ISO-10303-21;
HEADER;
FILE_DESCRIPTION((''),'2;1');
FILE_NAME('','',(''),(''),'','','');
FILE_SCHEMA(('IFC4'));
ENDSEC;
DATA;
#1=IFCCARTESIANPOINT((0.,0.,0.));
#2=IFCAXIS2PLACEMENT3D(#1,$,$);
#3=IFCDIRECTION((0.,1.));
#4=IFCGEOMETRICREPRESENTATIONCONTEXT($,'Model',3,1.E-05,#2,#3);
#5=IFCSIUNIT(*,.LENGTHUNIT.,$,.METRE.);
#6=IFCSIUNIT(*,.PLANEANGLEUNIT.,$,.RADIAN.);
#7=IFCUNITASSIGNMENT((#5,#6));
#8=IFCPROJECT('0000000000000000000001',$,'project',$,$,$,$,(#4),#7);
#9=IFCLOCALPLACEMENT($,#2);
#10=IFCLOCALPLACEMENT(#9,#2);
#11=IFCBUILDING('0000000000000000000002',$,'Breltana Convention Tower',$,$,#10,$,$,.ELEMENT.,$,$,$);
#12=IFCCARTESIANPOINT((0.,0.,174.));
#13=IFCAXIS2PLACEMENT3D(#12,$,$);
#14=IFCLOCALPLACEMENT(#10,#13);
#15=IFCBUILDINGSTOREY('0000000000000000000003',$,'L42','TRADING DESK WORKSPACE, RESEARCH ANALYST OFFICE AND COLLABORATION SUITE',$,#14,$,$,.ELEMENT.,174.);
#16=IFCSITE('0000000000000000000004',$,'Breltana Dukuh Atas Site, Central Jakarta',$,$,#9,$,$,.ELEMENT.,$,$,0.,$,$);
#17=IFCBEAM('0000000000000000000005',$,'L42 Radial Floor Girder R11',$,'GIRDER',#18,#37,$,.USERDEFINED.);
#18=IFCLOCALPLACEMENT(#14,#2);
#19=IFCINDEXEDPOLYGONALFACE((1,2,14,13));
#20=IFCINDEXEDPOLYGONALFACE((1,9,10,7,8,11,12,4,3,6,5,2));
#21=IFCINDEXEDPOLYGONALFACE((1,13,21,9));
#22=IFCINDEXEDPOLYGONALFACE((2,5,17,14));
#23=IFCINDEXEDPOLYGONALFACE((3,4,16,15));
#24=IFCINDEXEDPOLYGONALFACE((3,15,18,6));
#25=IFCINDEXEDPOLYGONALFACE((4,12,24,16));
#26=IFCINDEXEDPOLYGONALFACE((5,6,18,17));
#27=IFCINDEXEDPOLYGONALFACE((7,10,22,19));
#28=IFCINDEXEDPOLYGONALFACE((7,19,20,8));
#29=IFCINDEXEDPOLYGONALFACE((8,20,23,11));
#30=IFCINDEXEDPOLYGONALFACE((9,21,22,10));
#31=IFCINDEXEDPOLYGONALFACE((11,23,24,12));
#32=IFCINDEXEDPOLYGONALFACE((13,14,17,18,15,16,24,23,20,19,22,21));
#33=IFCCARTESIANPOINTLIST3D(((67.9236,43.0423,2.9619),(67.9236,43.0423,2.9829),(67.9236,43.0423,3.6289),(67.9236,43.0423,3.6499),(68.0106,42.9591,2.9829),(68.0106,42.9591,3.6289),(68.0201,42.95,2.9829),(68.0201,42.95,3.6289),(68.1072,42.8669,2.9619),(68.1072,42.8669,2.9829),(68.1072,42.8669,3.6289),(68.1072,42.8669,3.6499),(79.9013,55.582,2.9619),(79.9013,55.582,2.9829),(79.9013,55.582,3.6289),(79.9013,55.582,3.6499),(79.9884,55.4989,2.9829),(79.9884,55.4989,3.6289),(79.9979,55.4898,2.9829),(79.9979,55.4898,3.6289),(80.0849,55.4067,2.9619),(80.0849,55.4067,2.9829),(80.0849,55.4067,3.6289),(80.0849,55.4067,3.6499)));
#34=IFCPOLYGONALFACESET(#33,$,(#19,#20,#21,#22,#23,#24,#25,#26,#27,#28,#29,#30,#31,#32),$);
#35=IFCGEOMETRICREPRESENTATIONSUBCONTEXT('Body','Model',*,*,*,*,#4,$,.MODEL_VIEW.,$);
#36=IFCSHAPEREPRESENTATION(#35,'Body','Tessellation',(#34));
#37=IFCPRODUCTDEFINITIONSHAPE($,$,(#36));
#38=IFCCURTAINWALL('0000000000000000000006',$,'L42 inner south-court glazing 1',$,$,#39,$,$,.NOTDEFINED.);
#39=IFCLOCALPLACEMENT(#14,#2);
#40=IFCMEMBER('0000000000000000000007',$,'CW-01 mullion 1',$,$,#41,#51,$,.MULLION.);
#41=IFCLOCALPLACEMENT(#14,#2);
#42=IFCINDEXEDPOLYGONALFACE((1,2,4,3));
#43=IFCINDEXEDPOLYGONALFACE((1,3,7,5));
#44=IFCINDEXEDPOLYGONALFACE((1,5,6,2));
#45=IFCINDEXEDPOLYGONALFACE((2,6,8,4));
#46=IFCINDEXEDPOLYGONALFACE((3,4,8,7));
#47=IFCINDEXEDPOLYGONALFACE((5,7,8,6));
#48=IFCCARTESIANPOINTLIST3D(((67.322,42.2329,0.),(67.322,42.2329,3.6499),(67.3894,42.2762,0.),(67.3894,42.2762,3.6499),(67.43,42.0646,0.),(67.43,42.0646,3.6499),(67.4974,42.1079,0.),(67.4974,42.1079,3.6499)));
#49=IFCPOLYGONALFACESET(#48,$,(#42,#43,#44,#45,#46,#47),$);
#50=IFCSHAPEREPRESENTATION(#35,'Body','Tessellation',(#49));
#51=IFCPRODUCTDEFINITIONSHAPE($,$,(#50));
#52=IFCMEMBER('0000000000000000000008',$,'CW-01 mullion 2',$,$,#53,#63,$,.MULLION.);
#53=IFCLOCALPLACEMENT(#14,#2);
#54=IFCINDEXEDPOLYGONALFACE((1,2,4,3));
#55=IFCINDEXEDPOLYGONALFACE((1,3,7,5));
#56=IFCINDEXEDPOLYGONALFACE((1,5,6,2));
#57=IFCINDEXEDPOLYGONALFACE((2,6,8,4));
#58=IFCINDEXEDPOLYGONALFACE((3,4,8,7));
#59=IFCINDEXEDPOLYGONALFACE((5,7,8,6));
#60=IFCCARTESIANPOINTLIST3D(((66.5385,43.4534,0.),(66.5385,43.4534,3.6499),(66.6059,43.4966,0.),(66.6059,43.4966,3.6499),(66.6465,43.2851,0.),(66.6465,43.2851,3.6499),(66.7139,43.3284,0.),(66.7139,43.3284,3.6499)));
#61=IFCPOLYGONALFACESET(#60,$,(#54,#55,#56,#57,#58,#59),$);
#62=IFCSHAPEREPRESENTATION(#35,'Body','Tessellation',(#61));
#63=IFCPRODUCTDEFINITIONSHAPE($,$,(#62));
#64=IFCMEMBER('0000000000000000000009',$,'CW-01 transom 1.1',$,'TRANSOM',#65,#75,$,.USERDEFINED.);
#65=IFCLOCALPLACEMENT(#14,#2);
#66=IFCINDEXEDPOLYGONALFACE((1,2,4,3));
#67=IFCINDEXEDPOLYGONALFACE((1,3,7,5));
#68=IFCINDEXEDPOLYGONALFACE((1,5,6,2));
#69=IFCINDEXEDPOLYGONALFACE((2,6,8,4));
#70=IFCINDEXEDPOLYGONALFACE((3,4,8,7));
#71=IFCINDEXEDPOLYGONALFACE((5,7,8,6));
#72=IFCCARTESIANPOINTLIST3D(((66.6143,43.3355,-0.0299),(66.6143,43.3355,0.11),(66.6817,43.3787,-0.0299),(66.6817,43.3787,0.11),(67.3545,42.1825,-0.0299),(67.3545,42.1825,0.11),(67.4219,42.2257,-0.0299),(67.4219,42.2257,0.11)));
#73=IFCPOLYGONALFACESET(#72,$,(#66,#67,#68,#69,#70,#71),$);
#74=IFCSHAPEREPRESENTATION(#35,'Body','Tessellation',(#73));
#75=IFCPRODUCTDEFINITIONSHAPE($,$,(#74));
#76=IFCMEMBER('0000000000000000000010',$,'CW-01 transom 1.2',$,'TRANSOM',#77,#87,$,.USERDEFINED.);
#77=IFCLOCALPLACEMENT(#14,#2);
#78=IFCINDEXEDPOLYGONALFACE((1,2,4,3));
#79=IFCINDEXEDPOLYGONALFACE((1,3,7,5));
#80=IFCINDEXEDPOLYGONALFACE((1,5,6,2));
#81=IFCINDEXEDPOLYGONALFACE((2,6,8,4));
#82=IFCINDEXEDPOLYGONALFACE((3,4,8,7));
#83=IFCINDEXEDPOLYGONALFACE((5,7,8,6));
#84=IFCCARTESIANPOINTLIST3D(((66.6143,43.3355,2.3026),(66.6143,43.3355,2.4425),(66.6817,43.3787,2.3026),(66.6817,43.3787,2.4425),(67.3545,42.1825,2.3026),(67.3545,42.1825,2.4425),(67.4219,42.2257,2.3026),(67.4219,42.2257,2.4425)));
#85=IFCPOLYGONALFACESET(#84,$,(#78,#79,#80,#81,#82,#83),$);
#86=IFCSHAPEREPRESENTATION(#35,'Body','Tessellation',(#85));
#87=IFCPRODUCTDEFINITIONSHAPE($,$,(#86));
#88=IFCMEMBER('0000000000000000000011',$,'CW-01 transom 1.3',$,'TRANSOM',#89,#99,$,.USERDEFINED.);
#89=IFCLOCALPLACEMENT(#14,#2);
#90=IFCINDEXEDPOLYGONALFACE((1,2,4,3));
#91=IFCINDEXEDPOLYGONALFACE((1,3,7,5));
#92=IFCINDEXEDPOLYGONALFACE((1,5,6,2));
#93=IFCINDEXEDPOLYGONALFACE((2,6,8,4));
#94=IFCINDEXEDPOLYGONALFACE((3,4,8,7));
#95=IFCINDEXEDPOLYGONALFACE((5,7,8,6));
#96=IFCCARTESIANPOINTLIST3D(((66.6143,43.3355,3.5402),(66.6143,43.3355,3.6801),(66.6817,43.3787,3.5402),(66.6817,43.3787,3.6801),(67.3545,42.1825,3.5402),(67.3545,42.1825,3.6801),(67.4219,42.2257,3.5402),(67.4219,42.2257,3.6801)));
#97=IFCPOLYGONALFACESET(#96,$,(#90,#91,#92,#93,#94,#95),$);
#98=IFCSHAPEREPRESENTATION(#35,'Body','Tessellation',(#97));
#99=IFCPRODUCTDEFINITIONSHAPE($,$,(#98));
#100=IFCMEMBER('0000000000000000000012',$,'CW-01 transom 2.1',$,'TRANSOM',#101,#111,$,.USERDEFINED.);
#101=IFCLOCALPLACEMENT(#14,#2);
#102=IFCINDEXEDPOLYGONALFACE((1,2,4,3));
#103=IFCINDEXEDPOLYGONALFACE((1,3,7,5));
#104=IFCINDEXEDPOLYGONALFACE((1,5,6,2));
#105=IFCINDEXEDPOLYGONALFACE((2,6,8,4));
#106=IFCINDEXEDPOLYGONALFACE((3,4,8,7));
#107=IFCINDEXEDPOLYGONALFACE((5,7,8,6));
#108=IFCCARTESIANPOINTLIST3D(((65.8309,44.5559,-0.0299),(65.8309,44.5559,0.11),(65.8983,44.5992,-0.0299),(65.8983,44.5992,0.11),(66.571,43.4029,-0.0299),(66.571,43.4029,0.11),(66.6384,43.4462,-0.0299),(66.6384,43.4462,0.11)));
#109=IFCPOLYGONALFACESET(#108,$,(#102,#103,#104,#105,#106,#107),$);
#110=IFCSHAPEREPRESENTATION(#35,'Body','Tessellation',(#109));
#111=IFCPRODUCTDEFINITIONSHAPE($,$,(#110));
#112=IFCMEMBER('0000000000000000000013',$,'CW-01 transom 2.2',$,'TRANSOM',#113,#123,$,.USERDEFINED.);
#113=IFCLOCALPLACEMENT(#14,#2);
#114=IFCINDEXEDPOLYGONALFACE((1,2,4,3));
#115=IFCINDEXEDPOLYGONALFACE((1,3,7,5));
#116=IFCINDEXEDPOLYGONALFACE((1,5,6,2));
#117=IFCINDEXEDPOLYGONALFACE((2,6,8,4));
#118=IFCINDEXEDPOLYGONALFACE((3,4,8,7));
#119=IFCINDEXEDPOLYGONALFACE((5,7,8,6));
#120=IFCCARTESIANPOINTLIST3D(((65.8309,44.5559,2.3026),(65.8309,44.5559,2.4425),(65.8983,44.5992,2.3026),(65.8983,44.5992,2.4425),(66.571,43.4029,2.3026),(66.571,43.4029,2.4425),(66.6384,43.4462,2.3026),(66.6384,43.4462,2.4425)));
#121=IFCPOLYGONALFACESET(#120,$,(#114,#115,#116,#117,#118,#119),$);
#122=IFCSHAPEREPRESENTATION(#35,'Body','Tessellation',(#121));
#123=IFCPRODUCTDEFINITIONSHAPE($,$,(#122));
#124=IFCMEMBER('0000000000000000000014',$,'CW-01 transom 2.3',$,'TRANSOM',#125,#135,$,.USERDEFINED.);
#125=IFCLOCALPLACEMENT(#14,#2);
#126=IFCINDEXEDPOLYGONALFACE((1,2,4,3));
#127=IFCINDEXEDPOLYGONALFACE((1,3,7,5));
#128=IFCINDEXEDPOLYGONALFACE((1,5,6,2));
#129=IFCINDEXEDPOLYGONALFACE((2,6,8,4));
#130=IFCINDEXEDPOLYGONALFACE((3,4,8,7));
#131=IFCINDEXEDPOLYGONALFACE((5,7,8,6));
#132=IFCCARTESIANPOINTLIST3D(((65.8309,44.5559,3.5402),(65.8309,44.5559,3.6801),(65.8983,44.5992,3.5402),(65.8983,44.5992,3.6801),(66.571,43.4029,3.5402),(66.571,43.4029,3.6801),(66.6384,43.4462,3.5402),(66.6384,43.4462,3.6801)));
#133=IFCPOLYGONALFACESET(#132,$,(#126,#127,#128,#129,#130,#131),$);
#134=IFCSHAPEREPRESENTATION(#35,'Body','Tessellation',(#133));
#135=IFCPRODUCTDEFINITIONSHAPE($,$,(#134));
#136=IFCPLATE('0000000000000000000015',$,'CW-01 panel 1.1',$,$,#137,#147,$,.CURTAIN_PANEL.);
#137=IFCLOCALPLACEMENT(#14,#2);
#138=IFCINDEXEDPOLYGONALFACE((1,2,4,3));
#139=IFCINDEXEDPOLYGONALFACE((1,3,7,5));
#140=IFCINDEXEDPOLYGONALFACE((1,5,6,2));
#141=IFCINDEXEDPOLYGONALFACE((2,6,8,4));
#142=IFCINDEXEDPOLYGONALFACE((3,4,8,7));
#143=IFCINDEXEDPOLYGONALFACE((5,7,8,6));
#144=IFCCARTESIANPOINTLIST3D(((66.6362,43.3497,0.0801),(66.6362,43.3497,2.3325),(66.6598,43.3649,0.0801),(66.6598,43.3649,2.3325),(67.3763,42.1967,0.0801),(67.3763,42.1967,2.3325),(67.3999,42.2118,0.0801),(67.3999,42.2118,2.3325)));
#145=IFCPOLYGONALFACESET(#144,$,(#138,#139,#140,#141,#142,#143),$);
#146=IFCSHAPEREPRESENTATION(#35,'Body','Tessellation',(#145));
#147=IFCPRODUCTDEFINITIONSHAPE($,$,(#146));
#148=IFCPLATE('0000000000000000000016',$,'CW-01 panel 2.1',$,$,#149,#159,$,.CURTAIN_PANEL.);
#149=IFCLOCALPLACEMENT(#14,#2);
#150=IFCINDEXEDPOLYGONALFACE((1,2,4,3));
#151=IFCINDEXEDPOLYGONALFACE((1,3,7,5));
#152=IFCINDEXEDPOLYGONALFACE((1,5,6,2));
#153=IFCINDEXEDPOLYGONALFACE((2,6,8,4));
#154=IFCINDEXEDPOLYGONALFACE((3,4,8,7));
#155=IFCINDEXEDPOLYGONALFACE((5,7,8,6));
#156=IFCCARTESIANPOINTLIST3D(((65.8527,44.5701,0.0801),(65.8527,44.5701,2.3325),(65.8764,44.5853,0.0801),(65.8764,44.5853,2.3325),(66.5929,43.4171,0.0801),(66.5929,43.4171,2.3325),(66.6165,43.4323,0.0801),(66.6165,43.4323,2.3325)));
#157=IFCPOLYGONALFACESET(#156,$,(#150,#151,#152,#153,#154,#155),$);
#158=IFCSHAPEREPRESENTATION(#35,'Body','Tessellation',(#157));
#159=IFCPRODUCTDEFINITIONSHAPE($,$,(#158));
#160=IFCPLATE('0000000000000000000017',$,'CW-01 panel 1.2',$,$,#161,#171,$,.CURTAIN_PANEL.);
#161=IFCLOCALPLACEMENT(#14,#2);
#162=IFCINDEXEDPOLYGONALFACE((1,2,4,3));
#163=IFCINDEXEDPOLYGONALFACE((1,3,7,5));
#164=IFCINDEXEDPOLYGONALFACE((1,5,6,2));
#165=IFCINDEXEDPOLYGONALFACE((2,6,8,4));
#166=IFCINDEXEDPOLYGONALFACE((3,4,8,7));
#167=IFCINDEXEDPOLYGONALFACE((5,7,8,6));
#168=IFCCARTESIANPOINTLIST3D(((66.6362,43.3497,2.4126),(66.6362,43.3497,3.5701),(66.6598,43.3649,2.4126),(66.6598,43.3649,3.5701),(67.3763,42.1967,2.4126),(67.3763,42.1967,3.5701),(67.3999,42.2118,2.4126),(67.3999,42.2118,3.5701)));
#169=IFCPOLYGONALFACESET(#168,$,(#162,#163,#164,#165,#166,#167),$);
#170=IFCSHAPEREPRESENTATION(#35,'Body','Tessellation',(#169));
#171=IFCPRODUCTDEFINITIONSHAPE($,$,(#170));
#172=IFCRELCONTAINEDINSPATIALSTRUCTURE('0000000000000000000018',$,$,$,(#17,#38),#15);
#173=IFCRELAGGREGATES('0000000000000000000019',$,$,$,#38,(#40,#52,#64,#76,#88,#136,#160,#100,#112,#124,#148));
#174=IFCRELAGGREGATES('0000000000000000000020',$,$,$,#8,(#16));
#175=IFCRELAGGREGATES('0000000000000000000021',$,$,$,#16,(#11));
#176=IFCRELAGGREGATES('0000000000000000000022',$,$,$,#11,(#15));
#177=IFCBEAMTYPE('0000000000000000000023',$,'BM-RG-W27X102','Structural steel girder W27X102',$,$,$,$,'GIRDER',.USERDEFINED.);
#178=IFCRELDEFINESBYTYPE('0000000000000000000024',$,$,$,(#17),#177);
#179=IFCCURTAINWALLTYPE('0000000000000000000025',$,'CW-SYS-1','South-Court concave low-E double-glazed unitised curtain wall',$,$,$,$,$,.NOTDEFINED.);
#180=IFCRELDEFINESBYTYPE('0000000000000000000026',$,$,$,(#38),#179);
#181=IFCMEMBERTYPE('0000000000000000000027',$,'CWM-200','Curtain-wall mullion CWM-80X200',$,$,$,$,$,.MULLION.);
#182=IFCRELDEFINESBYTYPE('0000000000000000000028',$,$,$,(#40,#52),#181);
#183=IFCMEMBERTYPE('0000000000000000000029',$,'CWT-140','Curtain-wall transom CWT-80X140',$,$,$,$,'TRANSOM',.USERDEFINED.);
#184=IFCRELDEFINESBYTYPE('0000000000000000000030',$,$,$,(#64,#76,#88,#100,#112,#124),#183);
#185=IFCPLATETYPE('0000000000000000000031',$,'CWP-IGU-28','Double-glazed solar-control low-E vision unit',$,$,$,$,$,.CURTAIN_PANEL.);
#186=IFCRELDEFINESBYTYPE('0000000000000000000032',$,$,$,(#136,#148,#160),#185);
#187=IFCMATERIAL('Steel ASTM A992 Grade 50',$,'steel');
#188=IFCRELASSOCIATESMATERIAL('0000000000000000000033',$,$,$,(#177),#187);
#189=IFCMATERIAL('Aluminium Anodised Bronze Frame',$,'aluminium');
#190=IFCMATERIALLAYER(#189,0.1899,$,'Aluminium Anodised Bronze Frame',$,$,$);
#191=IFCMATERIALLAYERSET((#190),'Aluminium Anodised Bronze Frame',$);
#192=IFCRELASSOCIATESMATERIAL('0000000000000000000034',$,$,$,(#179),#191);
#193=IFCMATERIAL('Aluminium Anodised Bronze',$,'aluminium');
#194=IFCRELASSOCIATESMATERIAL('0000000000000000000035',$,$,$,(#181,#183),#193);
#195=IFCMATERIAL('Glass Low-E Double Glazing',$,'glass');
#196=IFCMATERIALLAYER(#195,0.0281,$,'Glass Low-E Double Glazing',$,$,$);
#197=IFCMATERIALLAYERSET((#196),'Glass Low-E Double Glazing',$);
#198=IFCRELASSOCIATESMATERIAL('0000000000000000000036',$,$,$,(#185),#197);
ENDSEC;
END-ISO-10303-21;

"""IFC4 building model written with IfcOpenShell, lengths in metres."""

from ifc_helpers import new_model, si_unit, direction, frame, origin, origin_2d, place, context, subcontext, project, spatial, rectangle, i_section, extrude, source, transform, mapped, material, layer, layer_set, material_profile, profile_set, type_object, type_shapes, element, aggregate, save


model = new_model("IFC4")

# Units and contexts
model_context = context("Model", 3, precision=1e-05, world=origin(), true_north=direction((0.0, 1.0)))
body_context = subcontext(model_context, "Body", "Model", "MODEL_VIEW")
ifc_project = project(units=[si_unit("LENGTHUNIT", "METRE"), si_unit("PLANEANGLEUNIT", "RADIAN")], contexts=[model_context])

# Site, building, storey
site_placement = place(None, origin())
site = spatial("IfcSite", under=ifc_project, at=site_placement, Name="Breltana Dukuh Atas Site, Central Jakarta", CompositionType="ELEMENT", RefElevation=0.0)
building_placement = place(site_placement, origin())
building = spatial("IfcBuilding", under=site, at=building_placement, Name="Breltana Convention Tower", CompositionType="ELEMENT")
storey_placement = place(building_placement, frame((0.0, 0.0, 174.0)))
storey = spatial("IfcBuildingStorey", under=building, at=storey_placement, Name="L42", Description="TRADING DESK WORKSPACE, RESEARCH ANALYST OFFICE AND COLLABORATION SUITE", CompositionType="ELEMENT", Elevation=174.0)

# Beam
ifc_material_1 = material(Name="Steel ASTM A992 Grade 50", Category="steel")
ifc_material_profile_1 = material_profile(ifc_material_1, i_section(OverallWidth=0.2539, OverallDepth=0.688, WebThickness=0.0132, FlangeThickness=0.021, at=origin_2d()), Name="W27X102")
ifc_profile_set_1 = profile_set([ifc_material_profile_1], Name="Steel ASTM A992 Grade 50")
beam_type = type_object("IfcBeamType", Name="BM-RG-W27X102", Description="Structural steel girder W27X102", ElementType="GIRDER", PredefinedType="USERDEFINED", material=ifc_profile_set_1)
shared_shape_1 = source(origin(), body_context, "Body", "SweptSolid", [
    extrude(i_section(OverallWidth=0.2539, OverallDepth=0.688, WebThickness=0.0132, FlangeThickness=0.021, at=origin_2d()), origin(), (0.0, 0.0, 1.0), 17.3411),
])
type_shapes(beam_type, [shared_shape_1])
beam_placement = place(storey_placement, frame((68.0154, 42.9546, 3.3059), z_axis=(0.690716, 0.723126, 0.0), x_axis=(-0.723126, 0.690716, 0.0)))
element("IfcBeam", 1, at=beam_placement, inside=storey, type_object=beam_type, Name="L42 Radial Floor Girder R11", ObjectType="GIRDER", PredefinedType="USERDEFINED", context=body_context, shape_type="MappedRepresentation", body=[
    mapped(shared_shape_1, transform((0.0, 0.0, 0.0), scale=1.0)),
])

# Curtain wall, members, plates
ifc_material_2 = material(Name="Aluminium Anodised Bronze Frame", Category="aluminium")
ifc_layer_1 = layer(ifc_material_2, 0.1899, Name="Aluminium Anodised Bronze Frame")
ifc_layer_set_1 = layer_set([ifc_layer_1], Name="Aluminium Anodised Bronze Frame")
curtain_wall_type = type_object("IfcCurtainWallType", Name="CW-SYS-1", Description="South-Court concave low-E double-glazed unitised curtain wall", PredefinedType="NOTDEFINED", material=ifc_layer_set_1)
curtain_wall_placement = place(storey_placement, origin())
curtain_wall = element("IfcCurtainWall", 2, at=curtain_wall_placement, inside=storey, type_object=curtain_wall_type, Name="L42 inner south-court glazing 1", PredefinedType="NOTDEFINED")
ifc_material_3 = material(Name="Aluminium Anodised Bronze", Category="aluminium")
ifc_material_profile_2 = material_profile(ifc_material_3, rectangle(XDim=0.0801, YDim=0.2, at=origin_2d()), Name="CWM-80X200")
ifc_profile_set_2 = profile_set([ifc_material_profile_2], Name="Aluminium Anodised Bronze")
member_type_1 = type_object("IfcMemberType", Name="CWM-200", Description="Curtain-wall mullion CWM-80X200", PredefinedType="MULLION", material=ifc_profile_set_2)
shared_shape_2 = source(origin(), body_context, "Body", "SweptSolid", [
    extrude(rectangle(XDim=0.0801, YDim=0.2, at=origin_2d()), origin(), (0.0, 0.0, 1.0), 3.6499),
])
member_1_placement = place(storey_placement, frame((67.4097, 42.1704, 0.0), z_axis=(0.0, 0.0, 1.0), x_axis=(-0.841547, -0.540184, 0.0)))
member_1 = element("IfcMember", 3, at=member_1_placement, type_object=member_type_1, Name="CW-01 mullion 1", PredefinedType="MULLION", context=body_context, shape_type="MappedRepresentation", body=[
    mapped(shared_shape_2, transform((0.0, 0.0, 0.0), scale=1.0)),
])
member_2_placement = place(storey_placement, frame((66.6262, 43.3909, 0.0), z_axis=(0.0, 0.0, 1.0), x_axis=(-0.841547, -0.540184, 0.0)))
member_2 = element("IfcMember", 4, at=member_2_placement, type_object=member_type_1, Name="CW-01 mullion 2", PredefinedType="MULLION", context=body_context, shape_type="MappedRepresentation", body=[
    mapped(shared_shape_2, transform((0.0, 0.0, 0.0), scale=1.0)),
])
ifc_material_profile_3 = material_profile(ifc_material_3, rectangle(XDim=0.0801, YDim=0.1399, at=origin_2d()), Name="CWT-80X140")
ifc_profile_set_3 = profile_set([ifc_material_profile_3], Name="Aluminium Anodised Bronze")
member_type_2 = type_object("IfcMemberType", Name="CWT-140", Description="Curtain-wall transom CWT-80X140", ElementType="TRANSOM", PredefinedType="USERDEFINED", material=ifc_profile_set_3)
shared_shape_3 = source(origin(), body_context, "Body", "SweptSolid", [
    extrude(rectangle(XDim=0.0801, YDim=0.1399, at=origin_2d()), origin(), (0.0, 0.0, 1.0), 1.3701),
])
member_3_placement = place(storey_placement, frame((67.3882, 42.2041, 0.04), z_axis=(-0.540226, 0.84152, 0.0), x_axis=(-0.84152, -0.540226, 0.0)))
member_3 = element("IfcMember", 5, at=member_3_placement, type_object=member_type_2, Name="CW-01 transom 1.1", ObjectType="TRANSOM", PredefinedType="USERDEFINED", context=body_context, shape_type="MappedRepresentation", body=[
    mapped(shared_shape_3, transform((0.0, 0.0, 0.0), scale=1.0)),
])
member_4_placement = place(storey_placement, frame((67.3882, 42.2041, 2.3726), z_axis=(-0.540226, 0.84152, 0.0), x_axis=(-0.84152, -0.540226, 0.0)))
member_4 = element("IfcMember", 6, at=member_4_placement, type_object=member_type_2, Name="CW-01 transom 1.2", ObjectType="TRANSOM", PredefinedType="USERDEFINED", context=body_context, shape_type="MappedRepresentation", body=[
    mapped(shared_shape_3, transform((0.0, 0.0, 0.0), scale=1.0)),
])
member_5_placement = place(storey_placement, frame((67.3882, 42.2041, 3.6101), z_axis=(-0.540226, 0.84152, 0.0), x_axis=(-0.84152, -0.540226, 0.0)))
member_5 = element("IfcMember", 7, at=member_5_placement, type_object=member_type_2, Name="CW-01 transom 1.3", ObjectType="TRANSOM", PredefinedType="USERDEFINED", context=body_context, shape_type="MappedRepresentation", body=[
    mapped(shared_shape_3, transform((0.0, 0.0, 0.0), scale=1.0)),
])
member_6_placement = place(storey_placement, frame((66.6047, 43.4246, 0.04), z_axis=(-0.540226, 0.84152, 0.0), x_axis=(-0.84152, -0.540226, 0.0)))
member_6 = element("IfcMember", 8, at=member_6_placement, type_object=member_type_2, Name="CW-01 transom 2.1", ObjectType="TRANSOM", PredefinedType="USERDEFINED", context=body_context, shape_type="MappedRepresentation", body=[
    mapped(shared_shape_3, transform((0.0, 0.0, 0.0), scale=1.0)),
])
member_7_placement = place(storey_placement, frame((66.6047, 43.4246, 2.3726), z_axis=(-0.540226, 0.84152, 0.0), x_axis=(-0.84152, -0.540226, 0.0)))
member_7 = element("IfcMember", 9, at=member_7_placement, type_object=member_type_2, Name="CW-01 transom 2.2", ObjectType="TRANSOM", PredefinedType="USERDEFINED", context=body_context, shape_type="MappedRepresentation", body=[
    mapped(shared_shape_3, transform((0.0, 0.0, 0.0), scale=1.0)),
])
member_8_placement = place(storey_placement, frame((66.6047, 43.4246, 3.6101), z_axis=(-0.540226, 0.84152, 0.0), x_axis=(-0.84152, -0.540226, 0.0)))
member_8 = element("IfcMember", 10, at=member_8_placement, type_object=member_type_2, Name="CW-01 transom 2.3", ObjectType="TRANSOM", PredefinedType="USERDEFINED", context=body_context, shape_type="MappedRepresentation", body=[
    mapped(shared_shape_3, transform((0.0, 0.0, 0.0), scale=1.0)),
])
ifc_material_4 = material(Name="Glass Low-E Double Glazing", Category="glass")
ifc_layer_2 = layer(ifc_material_4, 0.0281, Name="Glass Low-E Double Glazing")
ifc_layer_set_2 = layer_set([ifc_layer_2], Name="Glass Low-E Double Glazing")
plate_type = type_object("IfcPlateType", Name="CWP-IGU-28", Description="Double-glazed solar-control low-E vision unit", PredefinedType="CURTAIN_PANEL", material=ifc_layer_set_2)
shared_shape_4 = source(origin(), body_context, "Body", "SweptSolid", [
    extrude(rectangle(XDim=1.3701, YDim=0.0281, at=origin_2d()), origin(), (0.0, 0.0, 1.0), 2.2524),
])
plate_1_placement = place(storey_placement, frame((67.0181, 42.7808, 0.0801), z_axis=(0.0, 0.0, 1.0), x_axis=(-0.540184, 0.841547, 0.0)))
plate_1 = element("IfcPlate", 11, at=plate_1_placement, type_object=plate_type, Name="CW-01 panel 1.1", PredefinedType="CURTAIN_PANEL", context=body_context, shape_type="MappedRepresentation", body=[
    mapped(shared_shape_4, transform((0.0, 0.0, 0.0), scale=1.0)),
])
plate_2_placement = place(storey_placement, frame((66.2346, 44.0012, 0.0801), z_axis=(0.0, 0.0, 1.0), x_axis=(-0.540184, 0.841547, 0.0)))
plate_2 = element("IfcPlate", 12, at=plate_2_placement, type_object=plate_type, Name="CW-01 panel 2.1", PredefinedType="CURTAIN_PANEL", context=body_context, shape_type="MappedRepresentation", body=[
    mapped(shared_shape_4, transform((0.0, 0.0, 0.0), scale=1.0)),
])
shared_shape_5 = source(origin(), body_context, "Body", "SweptSolid", [
    extrude(rectangle(XDim=1.3701, YDim=0.0281, at=origin_2d()), origin(), (0.0, 0.0, 1.0), 1.1575),
])
plate_3_placement = place(storey_placement, frame((67.0181, 42.7808, 2.4126), z_axis=(0.0, 0.0, 1.0), x_axis=(-0.540184, 0.841547, 0.0)))
plate_3 = element("IfcPlate", 13, at=plate_3_placement, type_object=plate_type, Name="CW-01 panel 1.2", PredefinedType="CURTAIN_PANEL", context=body_context, shape_type="MappedRepresentation", body=[
    mapped(shared_shape_5, transform((0.0, 0.0, 0.0), scale=1.0)),
])
aggregate(curtain_wall, [member_1, member_2, member_3, member_4, member_5, plate_1, plate_3, member_6, member_7, member_8, plate_2])

save(model, "model.ifc")
